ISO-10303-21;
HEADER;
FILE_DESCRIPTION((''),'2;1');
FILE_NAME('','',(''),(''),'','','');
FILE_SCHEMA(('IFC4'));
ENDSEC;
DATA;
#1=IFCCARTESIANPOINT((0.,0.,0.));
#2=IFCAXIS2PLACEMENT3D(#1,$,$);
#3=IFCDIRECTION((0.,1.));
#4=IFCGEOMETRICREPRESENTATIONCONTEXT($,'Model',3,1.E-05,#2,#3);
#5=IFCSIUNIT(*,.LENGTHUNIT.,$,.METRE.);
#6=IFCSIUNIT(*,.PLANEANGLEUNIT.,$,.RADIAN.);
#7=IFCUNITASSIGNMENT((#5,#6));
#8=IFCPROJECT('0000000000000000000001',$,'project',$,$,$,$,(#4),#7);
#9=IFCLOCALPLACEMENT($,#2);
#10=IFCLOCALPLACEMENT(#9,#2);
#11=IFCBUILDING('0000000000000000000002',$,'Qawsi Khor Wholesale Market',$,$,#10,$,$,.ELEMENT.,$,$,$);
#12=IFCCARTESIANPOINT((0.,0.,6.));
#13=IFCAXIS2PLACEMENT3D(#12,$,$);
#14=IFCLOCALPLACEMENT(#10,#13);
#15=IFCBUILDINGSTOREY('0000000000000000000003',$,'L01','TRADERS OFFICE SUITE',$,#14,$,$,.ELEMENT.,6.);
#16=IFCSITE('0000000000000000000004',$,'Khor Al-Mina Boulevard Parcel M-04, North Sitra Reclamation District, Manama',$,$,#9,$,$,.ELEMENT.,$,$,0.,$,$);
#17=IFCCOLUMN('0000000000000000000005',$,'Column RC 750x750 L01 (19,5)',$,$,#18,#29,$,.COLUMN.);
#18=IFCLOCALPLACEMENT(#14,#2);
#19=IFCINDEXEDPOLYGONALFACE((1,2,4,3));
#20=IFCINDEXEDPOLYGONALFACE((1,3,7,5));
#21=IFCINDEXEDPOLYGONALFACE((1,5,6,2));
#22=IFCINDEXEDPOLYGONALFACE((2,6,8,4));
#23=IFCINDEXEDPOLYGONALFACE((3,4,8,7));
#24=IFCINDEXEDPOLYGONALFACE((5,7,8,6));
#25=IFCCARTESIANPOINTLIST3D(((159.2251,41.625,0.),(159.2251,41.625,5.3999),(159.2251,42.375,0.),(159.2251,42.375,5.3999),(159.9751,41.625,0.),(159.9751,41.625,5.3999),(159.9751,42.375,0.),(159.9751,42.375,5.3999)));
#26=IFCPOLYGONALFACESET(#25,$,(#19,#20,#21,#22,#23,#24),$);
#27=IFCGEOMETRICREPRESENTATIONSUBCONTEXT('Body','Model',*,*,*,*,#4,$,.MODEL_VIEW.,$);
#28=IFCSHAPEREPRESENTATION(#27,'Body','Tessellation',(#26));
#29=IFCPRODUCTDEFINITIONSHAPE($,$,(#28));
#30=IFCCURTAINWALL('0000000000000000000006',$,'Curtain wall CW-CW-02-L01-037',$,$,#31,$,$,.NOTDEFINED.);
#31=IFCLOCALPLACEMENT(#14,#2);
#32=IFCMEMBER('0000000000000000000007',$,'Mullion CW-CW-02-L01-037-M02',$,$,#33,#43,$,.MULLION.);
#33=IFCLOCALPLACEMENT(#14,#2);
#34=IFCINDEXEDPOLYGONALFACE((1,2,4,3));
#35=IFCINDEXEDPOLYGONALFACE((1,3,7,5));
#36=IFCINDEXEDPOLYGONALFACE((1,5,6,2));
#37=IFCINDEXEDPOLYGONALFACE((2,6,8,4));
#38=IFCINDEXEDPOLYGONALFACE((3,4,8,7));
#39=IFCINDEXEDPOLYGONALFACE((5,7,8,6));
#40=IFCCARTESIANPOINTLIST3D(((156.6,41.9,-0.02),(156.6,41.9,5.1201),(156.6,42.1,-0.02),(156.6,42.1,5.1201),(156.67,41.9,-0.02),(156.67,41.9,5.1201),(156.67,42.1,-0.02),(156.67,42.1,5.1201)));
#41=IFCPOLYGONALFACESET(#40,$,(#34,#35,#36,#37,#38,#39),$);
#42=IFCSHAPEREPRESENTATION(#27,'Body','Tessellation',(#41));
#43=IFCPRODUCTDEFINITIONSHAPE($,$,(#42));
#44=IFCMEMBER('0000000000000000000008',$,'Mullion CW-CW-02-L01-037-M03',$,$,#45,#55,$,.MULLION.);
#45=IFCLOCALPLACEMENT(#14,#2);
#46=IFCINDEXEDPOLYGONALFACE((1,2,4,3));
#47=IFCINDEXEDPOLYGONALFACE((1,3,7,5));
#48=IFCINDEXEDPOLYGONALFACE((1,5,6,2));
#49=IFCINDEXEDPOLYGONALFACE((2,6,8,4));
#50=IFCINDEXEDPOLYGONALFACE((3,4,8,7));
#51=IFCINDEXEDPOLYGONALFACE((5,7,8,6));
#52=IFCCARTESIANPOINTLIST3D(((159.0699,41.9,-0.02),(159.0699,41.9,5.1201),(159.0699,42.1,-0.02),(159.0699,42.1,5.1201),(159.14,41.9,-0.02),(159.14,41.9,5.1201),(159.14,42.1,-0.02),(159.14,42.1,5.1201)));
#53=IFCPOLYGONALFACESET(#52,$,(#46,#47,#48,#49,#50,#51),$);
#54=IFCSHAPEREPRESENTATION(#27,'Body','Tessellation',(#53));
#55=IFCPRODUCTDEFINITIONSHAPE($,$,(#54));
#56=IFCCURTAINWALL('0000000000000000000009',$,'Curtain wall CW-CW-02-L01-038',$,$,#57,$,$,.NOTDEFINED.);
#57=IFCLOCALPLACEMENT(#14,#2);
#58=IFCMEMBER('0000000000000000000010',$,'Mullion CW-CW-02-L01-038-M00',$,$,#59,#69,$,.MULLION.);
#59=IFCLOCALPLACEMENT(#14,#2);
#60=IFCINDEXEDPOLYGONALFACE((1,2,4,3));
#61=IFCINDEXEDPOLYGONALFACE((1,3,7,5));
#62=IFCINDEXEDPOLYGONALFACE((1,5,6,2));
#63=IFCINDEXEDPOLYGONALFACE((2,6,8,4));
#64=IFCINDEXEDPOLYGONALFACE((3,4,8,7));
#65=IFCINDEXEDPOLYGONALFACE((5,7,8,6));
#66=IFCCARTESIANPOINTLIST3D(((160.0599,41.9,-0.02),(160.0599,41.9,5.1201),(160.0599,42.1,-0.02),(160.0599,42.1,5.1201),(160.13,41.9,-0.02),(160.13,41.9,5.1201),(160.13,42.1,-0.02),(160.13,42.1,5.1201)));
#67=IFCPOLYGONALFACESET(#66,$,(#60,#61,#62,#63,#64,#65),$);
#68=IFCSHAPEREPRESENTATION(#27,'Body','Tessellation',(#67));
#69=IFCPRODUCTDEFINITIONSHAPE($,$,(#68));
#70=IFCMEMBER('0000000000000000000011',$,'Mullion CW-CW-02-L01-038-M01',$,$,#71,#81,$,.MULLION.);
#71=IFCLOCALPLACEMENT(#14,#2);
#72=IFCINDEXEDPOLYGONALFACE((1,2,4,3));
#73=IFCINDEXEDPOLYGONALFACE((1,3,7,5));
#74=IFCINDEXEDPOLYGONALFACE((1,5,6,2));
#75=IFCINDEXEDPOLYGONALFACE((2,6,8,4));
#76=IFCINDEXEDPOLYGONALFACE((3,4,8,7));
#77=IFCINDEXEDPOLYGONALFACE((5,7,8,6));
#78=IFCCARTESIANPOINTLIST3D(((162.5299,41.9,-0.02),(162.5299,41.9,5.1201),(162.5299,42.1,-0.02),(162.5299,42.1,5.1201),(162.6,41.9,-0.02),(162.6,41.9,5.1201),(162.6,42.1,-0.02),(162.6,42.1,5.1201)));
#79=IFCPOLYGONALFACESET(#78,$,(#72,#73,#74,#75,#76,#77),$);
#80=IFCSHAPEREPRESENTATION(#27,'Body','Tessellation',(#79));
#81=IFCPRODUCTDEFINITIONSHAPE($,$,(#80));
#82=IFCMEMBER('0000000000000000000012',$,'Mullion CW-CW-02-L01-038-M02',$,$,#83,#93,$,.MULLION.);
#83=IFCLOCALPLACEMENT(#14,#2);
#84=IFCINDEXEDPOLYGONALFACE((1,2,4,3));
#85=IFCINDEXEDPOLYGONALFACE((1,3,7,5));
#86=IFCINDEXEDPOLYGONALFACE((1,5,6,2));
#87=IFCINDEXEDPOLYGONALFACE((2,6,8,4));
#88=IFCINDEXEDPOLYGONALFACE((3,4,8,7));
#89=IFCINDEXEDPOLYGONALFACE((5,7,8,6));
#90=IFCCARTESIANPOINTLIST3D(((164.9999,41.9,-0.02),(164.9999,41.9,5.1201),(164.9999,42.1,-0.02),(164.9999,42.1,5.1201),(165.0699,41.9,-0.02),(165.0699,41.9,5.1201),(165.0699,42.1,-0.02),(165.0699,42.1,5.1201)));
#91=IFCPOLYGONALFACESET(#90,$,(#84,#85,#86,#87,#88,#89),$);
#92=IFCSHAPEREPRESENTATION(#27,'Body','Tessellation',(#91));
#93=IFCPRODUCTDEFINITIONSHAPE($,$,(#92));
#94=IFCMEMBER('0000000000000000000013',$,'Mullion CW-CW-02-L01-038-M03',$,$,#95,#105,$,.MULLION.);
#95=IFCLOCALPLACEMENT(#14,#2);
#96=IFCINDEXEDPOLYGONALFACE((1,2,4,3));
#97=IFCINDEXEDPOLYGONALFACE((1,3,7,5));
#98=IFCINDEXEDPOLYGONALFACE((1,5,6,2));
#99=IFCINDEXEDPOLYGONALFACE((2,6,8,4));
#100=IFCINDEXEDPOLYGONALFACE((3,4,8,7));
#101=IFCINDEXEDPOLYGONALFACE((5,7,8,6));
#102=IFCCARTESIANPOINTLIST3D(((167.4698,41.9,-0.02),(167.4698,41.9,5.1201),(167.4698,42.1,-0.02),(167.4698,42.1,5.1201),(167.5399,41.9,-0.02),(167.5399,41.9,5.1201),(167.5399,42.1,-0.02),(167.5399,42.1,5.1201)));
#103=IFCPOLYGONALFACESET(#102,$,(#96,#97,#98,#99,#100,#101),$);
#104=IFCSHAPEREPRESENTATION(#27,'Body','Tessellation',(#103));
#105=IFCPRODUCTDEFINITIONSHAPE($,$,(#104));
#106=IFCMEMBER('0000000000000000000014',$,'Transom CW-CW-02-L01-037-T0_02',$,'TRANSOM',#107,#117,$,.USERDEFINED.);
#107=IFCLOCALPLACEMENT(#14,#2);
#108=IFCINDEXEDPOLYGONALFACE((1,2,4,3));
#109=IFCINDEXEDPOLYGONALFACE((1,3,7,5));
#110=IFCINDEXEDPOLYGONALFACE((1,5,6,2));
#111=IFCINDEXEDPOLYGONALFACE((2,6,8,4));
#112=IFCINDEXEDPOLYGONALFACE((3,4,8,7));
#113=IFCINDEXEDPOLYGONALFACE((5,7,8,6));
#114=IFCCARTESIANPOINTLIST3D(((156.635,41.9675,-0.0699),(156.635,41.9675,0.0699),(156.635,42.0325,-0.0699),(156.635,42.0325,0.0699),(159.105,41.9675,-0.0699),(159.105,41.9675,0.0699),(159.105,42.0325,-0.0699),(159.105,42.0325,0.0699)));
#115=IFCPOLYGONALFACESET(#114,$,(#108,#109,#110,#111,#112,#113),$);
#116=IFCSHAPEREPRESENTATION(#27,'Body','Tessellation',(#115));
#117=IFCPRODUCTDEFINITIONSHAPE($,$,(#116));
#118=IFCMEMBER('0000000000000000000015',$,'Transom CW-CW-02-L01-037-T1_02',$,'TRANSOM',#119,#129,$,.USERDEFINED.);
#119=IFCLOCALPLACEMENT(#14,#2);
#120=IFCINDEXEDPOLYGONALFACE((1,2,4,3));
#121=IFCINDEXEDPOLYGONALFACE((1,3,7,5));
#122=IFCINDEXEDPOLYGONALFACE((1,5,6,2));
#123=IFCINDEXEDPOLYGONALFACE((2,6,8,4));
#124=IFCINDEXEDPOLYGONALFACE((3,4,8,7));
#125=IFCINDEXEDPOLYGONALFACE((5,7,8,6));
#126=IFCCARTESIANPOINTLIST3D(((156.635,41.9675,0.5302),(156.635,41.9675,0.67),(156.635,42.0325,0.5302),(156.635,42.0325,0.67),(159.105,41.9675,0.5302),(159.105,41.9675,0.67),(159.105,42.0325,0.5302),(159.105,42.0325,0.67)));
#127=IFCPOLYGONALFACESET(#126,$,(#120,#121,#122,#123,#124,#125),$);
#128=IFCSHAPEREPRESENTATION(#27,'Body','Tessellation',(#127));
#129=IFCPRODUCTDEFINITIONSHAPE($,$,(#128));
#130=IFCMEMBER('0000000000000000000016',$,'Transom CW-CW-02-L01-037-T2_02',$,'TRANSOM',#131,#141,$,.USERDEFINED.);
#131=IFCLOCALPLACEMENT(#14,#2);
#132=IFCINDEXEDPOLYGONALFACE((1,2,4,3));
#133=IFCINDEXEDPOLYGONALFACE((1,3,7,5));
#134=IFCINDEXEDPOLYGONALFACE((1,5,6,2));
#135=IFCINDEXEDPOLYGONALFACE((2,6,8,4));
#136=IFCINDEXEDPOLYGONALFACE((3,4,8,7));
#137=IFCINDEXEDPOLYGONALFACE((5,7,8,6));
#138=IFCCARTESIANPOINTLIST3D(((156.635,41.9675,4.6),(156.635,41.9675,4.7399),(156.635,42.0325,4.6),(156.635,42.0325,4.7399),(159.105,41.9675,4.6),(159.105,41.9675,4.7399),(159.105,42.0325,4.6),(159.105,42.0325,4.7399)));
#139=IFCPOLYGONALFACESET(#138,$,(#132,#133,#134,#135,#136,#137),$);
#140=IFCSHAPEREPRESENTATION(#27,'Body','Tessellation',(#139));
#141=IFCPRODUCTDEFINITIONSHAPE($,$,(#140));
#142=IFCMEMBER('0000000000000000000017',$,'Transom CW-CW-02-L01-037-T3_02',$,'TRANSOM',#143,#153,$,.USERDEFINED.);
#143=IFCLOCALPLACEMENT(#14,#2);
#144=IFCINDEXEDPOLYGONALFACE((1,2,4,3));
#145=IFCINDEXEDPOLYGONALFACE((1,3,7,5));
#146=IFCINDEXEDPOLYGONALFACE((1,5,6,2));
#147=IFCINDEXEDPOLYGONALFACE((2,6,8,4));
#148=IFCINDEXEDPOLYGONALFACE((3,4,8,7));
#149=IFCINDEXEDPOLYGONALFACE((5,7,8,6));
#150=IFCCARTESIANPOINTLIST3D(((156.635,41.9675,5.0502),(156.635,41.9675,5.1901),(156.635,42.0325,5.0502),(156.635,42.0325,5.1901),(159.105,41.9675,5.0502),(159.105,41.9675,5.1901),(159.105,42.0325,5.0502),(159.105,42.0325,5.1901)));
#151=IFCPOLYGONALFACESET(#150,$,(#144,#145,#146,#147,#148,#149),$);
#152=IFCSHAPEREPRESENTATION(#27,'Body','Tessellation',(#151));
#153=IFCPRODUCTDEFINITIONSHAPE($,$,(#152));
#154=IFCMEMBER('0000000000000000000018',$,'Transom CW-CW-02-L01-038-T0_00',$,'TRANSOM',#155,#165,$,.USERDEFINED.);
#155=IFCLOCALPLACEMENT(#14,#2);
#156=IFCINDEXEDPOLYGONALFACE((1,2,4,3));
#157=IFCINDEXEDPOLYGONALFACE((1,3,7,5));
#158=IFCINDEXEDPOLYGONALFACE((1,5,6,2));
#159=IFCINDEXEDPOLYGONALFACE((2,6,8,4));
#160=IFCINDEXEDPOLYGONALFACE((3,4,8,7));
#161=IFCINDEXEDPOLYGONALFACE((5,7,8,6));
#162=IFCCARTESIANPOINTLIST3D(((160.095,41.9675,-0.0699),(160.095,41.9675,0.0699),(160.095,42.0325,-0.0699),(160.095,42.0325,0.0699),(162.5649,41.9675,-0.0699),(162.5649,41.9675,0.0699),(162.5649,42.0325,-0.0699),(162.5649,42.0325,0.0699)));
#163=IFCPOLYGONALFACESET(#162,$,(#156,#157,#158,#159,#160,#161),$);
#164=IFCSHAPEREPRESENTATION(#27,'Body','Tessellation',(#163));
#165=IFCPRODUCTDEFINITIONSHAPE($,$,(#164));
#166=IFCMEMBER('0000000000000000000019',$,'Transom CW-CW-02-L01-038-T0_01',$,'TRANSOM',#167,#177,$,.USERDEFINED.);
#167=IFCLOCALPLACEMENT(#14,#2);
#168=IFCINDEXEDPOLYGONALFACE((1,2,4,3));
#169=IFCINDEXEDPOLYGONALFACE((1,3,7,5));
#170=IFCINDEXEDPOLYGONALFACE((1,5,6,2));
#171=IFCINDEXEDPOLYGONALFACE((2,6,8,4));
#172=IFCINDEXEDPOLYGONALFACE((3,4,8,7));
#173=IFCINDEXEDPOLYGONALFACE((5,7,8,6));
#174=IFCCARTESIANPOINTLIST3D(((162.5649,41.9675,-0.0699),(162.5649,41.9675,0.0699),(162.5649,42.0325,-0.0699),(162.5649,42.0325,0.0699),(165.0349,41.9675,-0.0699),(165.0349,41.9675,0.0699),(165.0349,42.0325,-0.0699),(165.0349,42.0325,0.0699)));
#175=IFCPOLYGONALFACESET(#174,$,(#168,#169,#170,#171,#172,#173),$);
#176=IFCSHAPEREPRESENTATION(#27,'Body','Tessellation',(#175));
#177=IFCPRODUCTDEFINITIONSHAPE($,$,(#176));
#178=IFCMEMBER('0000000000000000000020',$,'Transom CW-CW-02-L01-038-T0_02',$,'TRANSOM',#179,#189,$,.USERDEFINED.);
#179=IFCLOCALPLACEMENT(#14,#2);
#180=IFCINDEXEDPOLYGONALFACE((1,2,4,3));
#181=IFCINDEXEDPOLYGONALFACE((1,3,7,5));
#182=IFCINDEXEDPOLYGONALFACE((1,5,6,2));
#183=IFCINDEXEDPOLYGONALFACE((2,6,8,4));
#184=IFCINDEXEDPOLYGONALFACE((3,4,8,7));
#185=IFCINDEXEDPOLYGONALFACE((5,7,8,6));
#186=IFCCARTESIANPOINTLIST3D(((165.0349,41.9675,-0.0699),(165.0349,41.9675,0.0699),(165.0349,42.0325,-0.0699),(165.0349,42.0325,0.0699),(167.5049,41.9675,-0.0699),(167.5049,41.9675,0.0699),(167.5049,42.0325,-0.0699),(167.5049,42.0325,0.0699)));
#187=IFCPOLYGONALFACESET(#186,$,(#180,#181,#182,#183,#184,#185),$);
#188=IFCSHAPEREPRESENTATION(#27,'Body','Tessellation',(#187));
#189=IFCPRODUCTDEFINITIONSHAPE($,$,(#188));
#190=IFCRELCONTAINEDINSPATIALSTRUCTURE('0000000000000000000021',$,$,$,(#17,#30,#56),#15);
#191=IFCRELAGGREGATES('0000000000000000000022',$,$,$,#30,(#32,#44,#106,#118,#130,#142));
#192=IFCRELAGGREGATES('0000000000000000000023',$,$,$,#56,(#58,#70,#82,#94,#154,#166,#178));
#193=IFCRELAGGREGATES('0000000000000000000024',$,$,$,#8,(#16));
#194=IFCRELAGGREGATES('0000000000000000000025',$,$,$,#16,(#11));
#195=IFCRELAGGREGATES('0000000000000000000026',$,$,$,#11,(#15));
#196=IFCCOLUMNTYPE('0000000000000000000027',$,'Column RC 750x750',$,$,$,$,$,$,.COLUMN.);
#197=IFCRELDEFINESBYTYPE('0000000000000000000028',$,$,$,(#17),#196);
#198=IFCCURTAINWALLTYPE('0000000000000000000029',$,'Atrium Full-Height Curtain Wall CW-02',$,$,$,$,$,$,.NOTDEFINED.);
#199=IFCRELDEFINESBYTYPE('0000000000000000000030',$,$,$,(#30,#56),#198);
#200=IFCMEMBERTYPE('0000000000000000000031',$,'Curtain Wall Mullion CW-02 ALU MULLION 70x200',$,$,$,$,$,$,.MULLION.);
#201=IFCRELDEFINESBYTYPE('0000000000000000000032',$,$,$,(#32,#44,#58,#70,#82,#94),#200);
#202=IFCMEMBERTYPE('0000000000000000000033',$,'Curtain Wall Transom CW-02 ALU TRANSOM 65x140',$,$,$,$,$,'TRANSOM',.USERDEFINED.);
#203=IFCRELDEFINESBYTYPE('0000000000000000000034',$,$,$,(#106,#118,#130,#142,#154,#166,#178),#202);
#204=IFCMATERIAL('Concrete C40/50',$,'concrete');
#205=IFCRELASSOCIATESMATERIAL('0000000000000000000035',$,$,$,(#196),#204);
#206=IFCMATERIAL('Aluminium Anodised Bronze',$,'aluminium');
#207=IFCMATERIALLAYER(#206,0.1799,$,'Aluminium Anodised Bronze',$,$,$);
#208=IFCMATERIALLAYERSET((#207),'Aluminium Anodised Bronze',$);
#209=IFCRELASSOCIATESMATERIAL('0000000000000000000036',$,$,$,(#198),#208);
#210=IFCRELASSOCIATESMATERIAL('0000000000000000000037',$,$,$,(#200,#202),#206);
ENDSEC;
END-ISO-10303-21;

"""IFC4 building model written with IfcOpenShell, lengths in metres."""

from ifc_helpers import new_model, si_unit, direction, frame, origin, origin_2d, place, context, subcontext, project, spatial, rectangle, extrude, material, layer, layer_set, material_profile, profile_set, type_object, element, aggregate, save


model = new_model("IFC4")

# Units and contexts
model_context = context("Model", 3, precision=1e-05, world=origin(), true_north=direction((0.0, 1.0)))
body_context = subcontext(model_context, "Body", "Model", "MODEL_VIEW")
ifc_project = project(units=[si_unit("LENGTHUNIT", "METRE"), si_unit("PLANEANGLEUNIT", "RADIAN")], contexts=[model_context])

# Site, building, storey
site_placement = place(None, origin())
site = spatial("IfcSite", under=ifc_project, at=site_placement, Name="Khor Al-Mina Boulevard Parcel M-04, North Sitra Reclamation District, Manama", CompositionType="ELEMENT", RefElevation=0.0)
building_placement = place(site_placement, origin())
building = spatial("IfcBuilding", under=site, at=building_placement, Name="Qawsi Khor Wholesale Market", CompositionType="ELEMENT")
storey_placement = place(building_placement, frame((0.0, 0.0, 6.0)))
storey = spatial("IfcBuildingStorey", under=building, at=storey_placement, Name="L01", Description="TRADERS OFFICE SUITE", CompositionType="ELEMENT", Elevation=6.0)

# Column
ifc_material_1 = material(Name="Concrete C40/50", Category="concrete")
ifc_material_profile_1 = material_profile(ifc_material_1, rectangle(XDim=0.75, YDim=0.75, at=origin_2d()), Name="RC 750x750")
ifc_profile_set_1 = profile_set([ifc_material_profile_1], Name="Concrete C40/50")
column_type = type_object("IfcColumnType", Name="Column RC 750x750", PredefinedType="COLUMN", material=ifc_profile_set_1)
column_placement = place(storey_placement, frame((159.6001, 42.0, 0.0), z_axis=(0.0, 0.0, 1.0), x_axis=(1.0, 0.0, 0.0)))
element("IfcColumn", 1, at=column_placement, inside=storey, type_object=column_type, Name="Column RC 750x750 L01 (19,5)", PredefinedType="COLUMN", context=body_context, shape_type="SweptSolid", body=[
    extrude(rectangle(XDim=0.75, YDim=0.75, at=origin_2d()), origin(), (0.0, 0.0, 1.0), 5.3999),
])

# Curtain walls, members
ifc_material_2 = material(Name="Aluminium Anodised Bronze", Category="aluminium")
ifc_layer_1 = layer(ifc_material_2, 0.1799, Name="Aluminium Anodised Bronze")
ifc_layer_set_1 = layer_set([ifc_layer_1], Name="Aluminium Anodised Bronze")
curtain_wall_type = type_object("IfcCurtainWallType", Name="Atrium Full-Height Curtain Wall CW-02", PredefinedType="NOTDEFINED", material=ifc_layer_set_1)
curtain_wall_1_placement = place(storey_placement, origin())
curtain_wall_1 = element("IfcCurtainWall", 2, at=curtain_wall_1_placement, inside=storey, type_object=curtain_wall_type, Name="Curtain wall CW-CW-02-L01-037", PredefinedType="NOTDEFINED")
ifc_material_profile_2 = material_profile(ifc_material_2, rectangle(XDim=0.0701, YDim=0.2, at=origin_2d()), Name="ALU MULLION 70x200")
ifc_profile_set_2 = profile_set([ifc_material_profile_2], Name="Aluminium Anodised Bronze")
member_type_1 = type_object("IfcMemberType", Name="Curtain Wall Mullion CW-02 ALU MULLION 70x200", PredefinedType="MULLION", material=ifc_profile_set_2)
member_1_placement = place(storey_placement, frame((156.635, 42.0, -0.02), z_axis=(0.0, 0.0, 1.0), x_axis=(1.0, 0.0, 0.0)))
member_1 = element("IfcMember", 3, at=member_1_placement, type_object=member_type_1, Name="Mullion CW-CW-02-L01-037-M02", PredefinedType="MULLION", context=body_context, shape_type="SweptSolid", body=[
    extrude(rectangle(XDim=0.0701, YDim=0.2, at=origin_2d()), origin(), (0.0, 0.0, 1.0), 5.1401),
])
member_2_placement = place(storey_placement, frame((159.105, 42.0, -0.02), z_axis=(0.0, 0.0, 1.0), x_axis=(1.0, 0.0, 0.0)))
member_2 = element("IfcMember", 4, at=member_2_placement, type_object=member_type_1, Name="Mullion CW-CW-02-L01-037-M03", PredefinedType="MULLION", context=body_context, shape_type="SweptSolid", body=[
    extrude(rectangle(XDim=0.0701, YDim=0.2, at=origin_2d()), origin(), (0.0, 0.0, 1.0), 5.1401),
])
curtain_wall_2_placement = place(storey_placement, origin())
curtain_wall_2 = element("IfcCurtainWall", 5, at=curtain_wall_2_placement, inside=storey, type_object=curtain_wall_type, Name="Curtain wall CW-CW-02-L01-038", PredefinedType="NOTDEFINED")
member_3_placement = place(storey_placement, frame((160.095, 42.0, -0.02), z_axis=(0.0, 0.0, 1.0), x_axis=(1.0, 0.0, 0.0)))
member_3 = element("IfcMember", 6, at=member_3_placement, type_object=member_type_1, Name="Mullion CW-CW-02-L01-038-M00", PredefinedType="MULLION", context=body_context, shape_type="SweptSolid", body=[
    extrude(rectangle(XDim=0.0701, YDim=0.2, at=origin_2d()), origin(), (0.0, 0.0, 1.0), 5.1401),
])
member_4_placement = place(storey_placement, frame((162.5649, 42.0, -0.02), z_axis=(0.0, 0.0, 1.0), x_axis=(1.0, 0.0, 0.0)))
member_4 = element("IfcMember", 7, at=member_4_placement, type_object=member_type_1, Name="Mullion CW-CW-02-L01-038-M01", PredefinedType="MULLION", context=body_context, shape_type="SweptSolid", body=[
    extrude(rectangle(XDim=0.0701, YDim=0.2, at=origin_2d()), origin(), (0.0, 0.0, 1.0), 5.1401),
])
member_5_placement = place(storey_placement, frame((165.0349, 42.0, -0.02), z_axis=(0.0, 0.0, 1.0), x_axis=(1.0, 0.0, 0.0)))
member_5 = element("IfcMember", 8, at=member_5_placement, type_object=member_type_1, Name="Mullion CW-CW-02-L01-038-M02", PredefinedType="MULLION", context=body_context, shape_type="SweptSolid", body=[
    extrude(rectangle(XDim=0.0701, YDim=0.2, at=origin_2d()), origin(), (0.0, 0.0, 1.0), 5.1401),
])
member_6_placement = place(storey_placement, frame((167.5049, 42.0, -0.02), z_axis=(0.0, 0.0, 1.0), x_axis=(1.0, 0.0, 0.0)))
member_6 = element("IfcMember", 9, at=member_6_placement, type_object=member_type_1, Name="Mullion CW-CW-02-L01-038-M03", PredefinedType="MULLION", context=body_context, shape_type="SweptSolid", body=[
    extrude(rectangle(XDim=0.0701, YDim=0.2, at=origin_2d()), origin(), (0.0, 0.0, 1.0), 5.1401),
])

# Members
ifc_material_profile_3 = material_profile(ifc_material_2, rectangle(XDim=0.0649, YDim=0.1399, at=origin_2d()), Name="ALU TRANSOM 65x140")
ifc_profile_set_3 = profile_set([ifc_material_profile_3], Name="Aluminium Anodised Bronze")
member_type_2 = type_object("IfcMemberType", Name="Curtain Wall Transom CW-02 ALU TRANSOM 65x140", ElementType="TRANSOM", PredefinedType="USERDEFINED", material=ifc_profile_set_3)
member_7_placement = place(storey_placement, frame((156.635, 42.0, 0.0), z_axis=(1.0, 0.0, 0.0), x_axis=(0.0, 1.0, 0.0)))
member_7 = element("IfcMember", 10, at=member_7_placement, type_object=member_type_2, Name="Transom CW-CW-02-L01-037-T0_02", ObjectType="TRANSOM", PredefinedType="USERDEFINED", context=body_context, shape_type="SweptSolid", body=[
    extrude(rectangle(XDim=0.0649, YDim=0.1399, at=origin_2d()), origin(), (0.0, 0.0, 1.0), 2.47),
])
member_8_placement = place(storey_placement, frame((156.635, 42.0, 0.6001), z_axis=(1.0, 0.0, 0.0), x_axis=(0.0, 1.0, 0.0)))
member_8 = element("IfcMember", 11, at=member_8_placement, type_object=member_type_2, Name="Transom CW-CW-02-L01-037-T1_02", ObjectType="TRANSOM", PredefinedType="USERDEFINED", context=body_context, shape_type="SweptSolid", body=[
    extrude(rectangle(XDim=0.0649, YDim=0.1399, at=origin_2d()), origin(), (0.0, 0.0, 1.0), 2.47),
])
member_9_placement = place(storey_placement, frame((156.635, 42.0, 4.6699), z_axis=(1.0, 0.0, 0.0), x_axis=(0.0, 1.0, 0.0)))
member_9 = element("IfcMember", 12, at=member_9_placement, type_object=member_type_2, Name="Transom CW-CW-02-L01-037-T2_02", ObjectType="TRANSOM", PredefinedType="USERDEFINED", context=body_context, shape_type="SweptSolid", body=[
    extrude(rectangle(XDim=0.0649, YDim=0.1399, at=origin_2d()), origin(), (0.0, 0.0, 1.0), 2.47),
])
member_10_placement = place(storey_placement, frame((156.635, 42.0, 5.1201), z_axis=(1.0, 0.0, 0.0), x_axis=(0.0, 1.0, 0.0)))
member_10 = element("IfcMember", 13, at=member_10_placement, type_object=member_type_2, Name="Transom CW-CW-02-L01-037-T3_02", ObjectType="TRANSOM", PredefinedType="USERDEFINED", context=body_context, shape_type="SweptSolid", body=[
    extrude(rectangle(XDim=0.0649, YDim=0.1399, at=origin_2d()), origin(), (0.0, 0.0, 1.0), 2.47),
])
member_11_placement = place(storey_placement, frame((160.095, 42.0, 0.0), z_axis=(1.0, 0.0, 0.0), x_axis=(0.0, 1.0, 0.0)))
member_11 = element("IfcMember", 14, at=member_11_placement, type_object=member_type_2, Name="Transom CW-CW-02-L01-038-T0_00", ObjectType="TRANSOM", PredefinedType="USERDEFINED", context=body_context, shape_type="SweptSolid", body=[
    extrude(rectangle(XDim=0.0649, YDim=0.1399, at=origin_2d()), origin(), (0.0, 0.0, 1.0), 2.47),
])
member_12_placement = place(storey_placement, frame((162.5649, 42.0, 0.0), z_axis=(1.0, 0.0, 0.0), x_axis=(0.0, 1.0, 0.0)))
member_12 = element("IfcMember", 15, at=member_12_placement, type_object=member_type_2, Name="Transom CW-CW-02-L01-038-T0_01", ObjectType="TRANSOM", PredefinedType="USERDEFINED", context=body_context, shape_type="SweptSolid", body=[
    extrude(rectangle(XDim=0.0649, YDim=0.1399, at=origin_2d()), origin(), (0.0, 0.0, 1.0), 2.47),
])
member_13_placement = place(storey_placement, frame((165.0349, 42.0, 0.0), z_axis=(1.0, 0.0, 0.0), x_axis=(0.0, 1.0, 0.0)))
member_13 = element("IfcMember", 16, at=member_13_placement, type_object=member_type_2, Name="Transom CW-CW-02-L01-038-T0_02", ObjectType="TRANSOM", PredefinedType="USERDEFINED", context=body_context, shape_type="SweptSolid", body=[
    extrude(rectangle(XDim=0.0649, YDim=0.1399, at=origin_2d()), origin(), (0.0, 0.0, 1.0), 2.47),
])

aggregate(curtain_wall_1, [member_1, member_2, member_7, member_8, member_9, member_10])
aggregate(curtain_wall_2, [member_3, member_4, member_5, member_6, member_11, member_12, member_13])

save(model, "model.ifc")
